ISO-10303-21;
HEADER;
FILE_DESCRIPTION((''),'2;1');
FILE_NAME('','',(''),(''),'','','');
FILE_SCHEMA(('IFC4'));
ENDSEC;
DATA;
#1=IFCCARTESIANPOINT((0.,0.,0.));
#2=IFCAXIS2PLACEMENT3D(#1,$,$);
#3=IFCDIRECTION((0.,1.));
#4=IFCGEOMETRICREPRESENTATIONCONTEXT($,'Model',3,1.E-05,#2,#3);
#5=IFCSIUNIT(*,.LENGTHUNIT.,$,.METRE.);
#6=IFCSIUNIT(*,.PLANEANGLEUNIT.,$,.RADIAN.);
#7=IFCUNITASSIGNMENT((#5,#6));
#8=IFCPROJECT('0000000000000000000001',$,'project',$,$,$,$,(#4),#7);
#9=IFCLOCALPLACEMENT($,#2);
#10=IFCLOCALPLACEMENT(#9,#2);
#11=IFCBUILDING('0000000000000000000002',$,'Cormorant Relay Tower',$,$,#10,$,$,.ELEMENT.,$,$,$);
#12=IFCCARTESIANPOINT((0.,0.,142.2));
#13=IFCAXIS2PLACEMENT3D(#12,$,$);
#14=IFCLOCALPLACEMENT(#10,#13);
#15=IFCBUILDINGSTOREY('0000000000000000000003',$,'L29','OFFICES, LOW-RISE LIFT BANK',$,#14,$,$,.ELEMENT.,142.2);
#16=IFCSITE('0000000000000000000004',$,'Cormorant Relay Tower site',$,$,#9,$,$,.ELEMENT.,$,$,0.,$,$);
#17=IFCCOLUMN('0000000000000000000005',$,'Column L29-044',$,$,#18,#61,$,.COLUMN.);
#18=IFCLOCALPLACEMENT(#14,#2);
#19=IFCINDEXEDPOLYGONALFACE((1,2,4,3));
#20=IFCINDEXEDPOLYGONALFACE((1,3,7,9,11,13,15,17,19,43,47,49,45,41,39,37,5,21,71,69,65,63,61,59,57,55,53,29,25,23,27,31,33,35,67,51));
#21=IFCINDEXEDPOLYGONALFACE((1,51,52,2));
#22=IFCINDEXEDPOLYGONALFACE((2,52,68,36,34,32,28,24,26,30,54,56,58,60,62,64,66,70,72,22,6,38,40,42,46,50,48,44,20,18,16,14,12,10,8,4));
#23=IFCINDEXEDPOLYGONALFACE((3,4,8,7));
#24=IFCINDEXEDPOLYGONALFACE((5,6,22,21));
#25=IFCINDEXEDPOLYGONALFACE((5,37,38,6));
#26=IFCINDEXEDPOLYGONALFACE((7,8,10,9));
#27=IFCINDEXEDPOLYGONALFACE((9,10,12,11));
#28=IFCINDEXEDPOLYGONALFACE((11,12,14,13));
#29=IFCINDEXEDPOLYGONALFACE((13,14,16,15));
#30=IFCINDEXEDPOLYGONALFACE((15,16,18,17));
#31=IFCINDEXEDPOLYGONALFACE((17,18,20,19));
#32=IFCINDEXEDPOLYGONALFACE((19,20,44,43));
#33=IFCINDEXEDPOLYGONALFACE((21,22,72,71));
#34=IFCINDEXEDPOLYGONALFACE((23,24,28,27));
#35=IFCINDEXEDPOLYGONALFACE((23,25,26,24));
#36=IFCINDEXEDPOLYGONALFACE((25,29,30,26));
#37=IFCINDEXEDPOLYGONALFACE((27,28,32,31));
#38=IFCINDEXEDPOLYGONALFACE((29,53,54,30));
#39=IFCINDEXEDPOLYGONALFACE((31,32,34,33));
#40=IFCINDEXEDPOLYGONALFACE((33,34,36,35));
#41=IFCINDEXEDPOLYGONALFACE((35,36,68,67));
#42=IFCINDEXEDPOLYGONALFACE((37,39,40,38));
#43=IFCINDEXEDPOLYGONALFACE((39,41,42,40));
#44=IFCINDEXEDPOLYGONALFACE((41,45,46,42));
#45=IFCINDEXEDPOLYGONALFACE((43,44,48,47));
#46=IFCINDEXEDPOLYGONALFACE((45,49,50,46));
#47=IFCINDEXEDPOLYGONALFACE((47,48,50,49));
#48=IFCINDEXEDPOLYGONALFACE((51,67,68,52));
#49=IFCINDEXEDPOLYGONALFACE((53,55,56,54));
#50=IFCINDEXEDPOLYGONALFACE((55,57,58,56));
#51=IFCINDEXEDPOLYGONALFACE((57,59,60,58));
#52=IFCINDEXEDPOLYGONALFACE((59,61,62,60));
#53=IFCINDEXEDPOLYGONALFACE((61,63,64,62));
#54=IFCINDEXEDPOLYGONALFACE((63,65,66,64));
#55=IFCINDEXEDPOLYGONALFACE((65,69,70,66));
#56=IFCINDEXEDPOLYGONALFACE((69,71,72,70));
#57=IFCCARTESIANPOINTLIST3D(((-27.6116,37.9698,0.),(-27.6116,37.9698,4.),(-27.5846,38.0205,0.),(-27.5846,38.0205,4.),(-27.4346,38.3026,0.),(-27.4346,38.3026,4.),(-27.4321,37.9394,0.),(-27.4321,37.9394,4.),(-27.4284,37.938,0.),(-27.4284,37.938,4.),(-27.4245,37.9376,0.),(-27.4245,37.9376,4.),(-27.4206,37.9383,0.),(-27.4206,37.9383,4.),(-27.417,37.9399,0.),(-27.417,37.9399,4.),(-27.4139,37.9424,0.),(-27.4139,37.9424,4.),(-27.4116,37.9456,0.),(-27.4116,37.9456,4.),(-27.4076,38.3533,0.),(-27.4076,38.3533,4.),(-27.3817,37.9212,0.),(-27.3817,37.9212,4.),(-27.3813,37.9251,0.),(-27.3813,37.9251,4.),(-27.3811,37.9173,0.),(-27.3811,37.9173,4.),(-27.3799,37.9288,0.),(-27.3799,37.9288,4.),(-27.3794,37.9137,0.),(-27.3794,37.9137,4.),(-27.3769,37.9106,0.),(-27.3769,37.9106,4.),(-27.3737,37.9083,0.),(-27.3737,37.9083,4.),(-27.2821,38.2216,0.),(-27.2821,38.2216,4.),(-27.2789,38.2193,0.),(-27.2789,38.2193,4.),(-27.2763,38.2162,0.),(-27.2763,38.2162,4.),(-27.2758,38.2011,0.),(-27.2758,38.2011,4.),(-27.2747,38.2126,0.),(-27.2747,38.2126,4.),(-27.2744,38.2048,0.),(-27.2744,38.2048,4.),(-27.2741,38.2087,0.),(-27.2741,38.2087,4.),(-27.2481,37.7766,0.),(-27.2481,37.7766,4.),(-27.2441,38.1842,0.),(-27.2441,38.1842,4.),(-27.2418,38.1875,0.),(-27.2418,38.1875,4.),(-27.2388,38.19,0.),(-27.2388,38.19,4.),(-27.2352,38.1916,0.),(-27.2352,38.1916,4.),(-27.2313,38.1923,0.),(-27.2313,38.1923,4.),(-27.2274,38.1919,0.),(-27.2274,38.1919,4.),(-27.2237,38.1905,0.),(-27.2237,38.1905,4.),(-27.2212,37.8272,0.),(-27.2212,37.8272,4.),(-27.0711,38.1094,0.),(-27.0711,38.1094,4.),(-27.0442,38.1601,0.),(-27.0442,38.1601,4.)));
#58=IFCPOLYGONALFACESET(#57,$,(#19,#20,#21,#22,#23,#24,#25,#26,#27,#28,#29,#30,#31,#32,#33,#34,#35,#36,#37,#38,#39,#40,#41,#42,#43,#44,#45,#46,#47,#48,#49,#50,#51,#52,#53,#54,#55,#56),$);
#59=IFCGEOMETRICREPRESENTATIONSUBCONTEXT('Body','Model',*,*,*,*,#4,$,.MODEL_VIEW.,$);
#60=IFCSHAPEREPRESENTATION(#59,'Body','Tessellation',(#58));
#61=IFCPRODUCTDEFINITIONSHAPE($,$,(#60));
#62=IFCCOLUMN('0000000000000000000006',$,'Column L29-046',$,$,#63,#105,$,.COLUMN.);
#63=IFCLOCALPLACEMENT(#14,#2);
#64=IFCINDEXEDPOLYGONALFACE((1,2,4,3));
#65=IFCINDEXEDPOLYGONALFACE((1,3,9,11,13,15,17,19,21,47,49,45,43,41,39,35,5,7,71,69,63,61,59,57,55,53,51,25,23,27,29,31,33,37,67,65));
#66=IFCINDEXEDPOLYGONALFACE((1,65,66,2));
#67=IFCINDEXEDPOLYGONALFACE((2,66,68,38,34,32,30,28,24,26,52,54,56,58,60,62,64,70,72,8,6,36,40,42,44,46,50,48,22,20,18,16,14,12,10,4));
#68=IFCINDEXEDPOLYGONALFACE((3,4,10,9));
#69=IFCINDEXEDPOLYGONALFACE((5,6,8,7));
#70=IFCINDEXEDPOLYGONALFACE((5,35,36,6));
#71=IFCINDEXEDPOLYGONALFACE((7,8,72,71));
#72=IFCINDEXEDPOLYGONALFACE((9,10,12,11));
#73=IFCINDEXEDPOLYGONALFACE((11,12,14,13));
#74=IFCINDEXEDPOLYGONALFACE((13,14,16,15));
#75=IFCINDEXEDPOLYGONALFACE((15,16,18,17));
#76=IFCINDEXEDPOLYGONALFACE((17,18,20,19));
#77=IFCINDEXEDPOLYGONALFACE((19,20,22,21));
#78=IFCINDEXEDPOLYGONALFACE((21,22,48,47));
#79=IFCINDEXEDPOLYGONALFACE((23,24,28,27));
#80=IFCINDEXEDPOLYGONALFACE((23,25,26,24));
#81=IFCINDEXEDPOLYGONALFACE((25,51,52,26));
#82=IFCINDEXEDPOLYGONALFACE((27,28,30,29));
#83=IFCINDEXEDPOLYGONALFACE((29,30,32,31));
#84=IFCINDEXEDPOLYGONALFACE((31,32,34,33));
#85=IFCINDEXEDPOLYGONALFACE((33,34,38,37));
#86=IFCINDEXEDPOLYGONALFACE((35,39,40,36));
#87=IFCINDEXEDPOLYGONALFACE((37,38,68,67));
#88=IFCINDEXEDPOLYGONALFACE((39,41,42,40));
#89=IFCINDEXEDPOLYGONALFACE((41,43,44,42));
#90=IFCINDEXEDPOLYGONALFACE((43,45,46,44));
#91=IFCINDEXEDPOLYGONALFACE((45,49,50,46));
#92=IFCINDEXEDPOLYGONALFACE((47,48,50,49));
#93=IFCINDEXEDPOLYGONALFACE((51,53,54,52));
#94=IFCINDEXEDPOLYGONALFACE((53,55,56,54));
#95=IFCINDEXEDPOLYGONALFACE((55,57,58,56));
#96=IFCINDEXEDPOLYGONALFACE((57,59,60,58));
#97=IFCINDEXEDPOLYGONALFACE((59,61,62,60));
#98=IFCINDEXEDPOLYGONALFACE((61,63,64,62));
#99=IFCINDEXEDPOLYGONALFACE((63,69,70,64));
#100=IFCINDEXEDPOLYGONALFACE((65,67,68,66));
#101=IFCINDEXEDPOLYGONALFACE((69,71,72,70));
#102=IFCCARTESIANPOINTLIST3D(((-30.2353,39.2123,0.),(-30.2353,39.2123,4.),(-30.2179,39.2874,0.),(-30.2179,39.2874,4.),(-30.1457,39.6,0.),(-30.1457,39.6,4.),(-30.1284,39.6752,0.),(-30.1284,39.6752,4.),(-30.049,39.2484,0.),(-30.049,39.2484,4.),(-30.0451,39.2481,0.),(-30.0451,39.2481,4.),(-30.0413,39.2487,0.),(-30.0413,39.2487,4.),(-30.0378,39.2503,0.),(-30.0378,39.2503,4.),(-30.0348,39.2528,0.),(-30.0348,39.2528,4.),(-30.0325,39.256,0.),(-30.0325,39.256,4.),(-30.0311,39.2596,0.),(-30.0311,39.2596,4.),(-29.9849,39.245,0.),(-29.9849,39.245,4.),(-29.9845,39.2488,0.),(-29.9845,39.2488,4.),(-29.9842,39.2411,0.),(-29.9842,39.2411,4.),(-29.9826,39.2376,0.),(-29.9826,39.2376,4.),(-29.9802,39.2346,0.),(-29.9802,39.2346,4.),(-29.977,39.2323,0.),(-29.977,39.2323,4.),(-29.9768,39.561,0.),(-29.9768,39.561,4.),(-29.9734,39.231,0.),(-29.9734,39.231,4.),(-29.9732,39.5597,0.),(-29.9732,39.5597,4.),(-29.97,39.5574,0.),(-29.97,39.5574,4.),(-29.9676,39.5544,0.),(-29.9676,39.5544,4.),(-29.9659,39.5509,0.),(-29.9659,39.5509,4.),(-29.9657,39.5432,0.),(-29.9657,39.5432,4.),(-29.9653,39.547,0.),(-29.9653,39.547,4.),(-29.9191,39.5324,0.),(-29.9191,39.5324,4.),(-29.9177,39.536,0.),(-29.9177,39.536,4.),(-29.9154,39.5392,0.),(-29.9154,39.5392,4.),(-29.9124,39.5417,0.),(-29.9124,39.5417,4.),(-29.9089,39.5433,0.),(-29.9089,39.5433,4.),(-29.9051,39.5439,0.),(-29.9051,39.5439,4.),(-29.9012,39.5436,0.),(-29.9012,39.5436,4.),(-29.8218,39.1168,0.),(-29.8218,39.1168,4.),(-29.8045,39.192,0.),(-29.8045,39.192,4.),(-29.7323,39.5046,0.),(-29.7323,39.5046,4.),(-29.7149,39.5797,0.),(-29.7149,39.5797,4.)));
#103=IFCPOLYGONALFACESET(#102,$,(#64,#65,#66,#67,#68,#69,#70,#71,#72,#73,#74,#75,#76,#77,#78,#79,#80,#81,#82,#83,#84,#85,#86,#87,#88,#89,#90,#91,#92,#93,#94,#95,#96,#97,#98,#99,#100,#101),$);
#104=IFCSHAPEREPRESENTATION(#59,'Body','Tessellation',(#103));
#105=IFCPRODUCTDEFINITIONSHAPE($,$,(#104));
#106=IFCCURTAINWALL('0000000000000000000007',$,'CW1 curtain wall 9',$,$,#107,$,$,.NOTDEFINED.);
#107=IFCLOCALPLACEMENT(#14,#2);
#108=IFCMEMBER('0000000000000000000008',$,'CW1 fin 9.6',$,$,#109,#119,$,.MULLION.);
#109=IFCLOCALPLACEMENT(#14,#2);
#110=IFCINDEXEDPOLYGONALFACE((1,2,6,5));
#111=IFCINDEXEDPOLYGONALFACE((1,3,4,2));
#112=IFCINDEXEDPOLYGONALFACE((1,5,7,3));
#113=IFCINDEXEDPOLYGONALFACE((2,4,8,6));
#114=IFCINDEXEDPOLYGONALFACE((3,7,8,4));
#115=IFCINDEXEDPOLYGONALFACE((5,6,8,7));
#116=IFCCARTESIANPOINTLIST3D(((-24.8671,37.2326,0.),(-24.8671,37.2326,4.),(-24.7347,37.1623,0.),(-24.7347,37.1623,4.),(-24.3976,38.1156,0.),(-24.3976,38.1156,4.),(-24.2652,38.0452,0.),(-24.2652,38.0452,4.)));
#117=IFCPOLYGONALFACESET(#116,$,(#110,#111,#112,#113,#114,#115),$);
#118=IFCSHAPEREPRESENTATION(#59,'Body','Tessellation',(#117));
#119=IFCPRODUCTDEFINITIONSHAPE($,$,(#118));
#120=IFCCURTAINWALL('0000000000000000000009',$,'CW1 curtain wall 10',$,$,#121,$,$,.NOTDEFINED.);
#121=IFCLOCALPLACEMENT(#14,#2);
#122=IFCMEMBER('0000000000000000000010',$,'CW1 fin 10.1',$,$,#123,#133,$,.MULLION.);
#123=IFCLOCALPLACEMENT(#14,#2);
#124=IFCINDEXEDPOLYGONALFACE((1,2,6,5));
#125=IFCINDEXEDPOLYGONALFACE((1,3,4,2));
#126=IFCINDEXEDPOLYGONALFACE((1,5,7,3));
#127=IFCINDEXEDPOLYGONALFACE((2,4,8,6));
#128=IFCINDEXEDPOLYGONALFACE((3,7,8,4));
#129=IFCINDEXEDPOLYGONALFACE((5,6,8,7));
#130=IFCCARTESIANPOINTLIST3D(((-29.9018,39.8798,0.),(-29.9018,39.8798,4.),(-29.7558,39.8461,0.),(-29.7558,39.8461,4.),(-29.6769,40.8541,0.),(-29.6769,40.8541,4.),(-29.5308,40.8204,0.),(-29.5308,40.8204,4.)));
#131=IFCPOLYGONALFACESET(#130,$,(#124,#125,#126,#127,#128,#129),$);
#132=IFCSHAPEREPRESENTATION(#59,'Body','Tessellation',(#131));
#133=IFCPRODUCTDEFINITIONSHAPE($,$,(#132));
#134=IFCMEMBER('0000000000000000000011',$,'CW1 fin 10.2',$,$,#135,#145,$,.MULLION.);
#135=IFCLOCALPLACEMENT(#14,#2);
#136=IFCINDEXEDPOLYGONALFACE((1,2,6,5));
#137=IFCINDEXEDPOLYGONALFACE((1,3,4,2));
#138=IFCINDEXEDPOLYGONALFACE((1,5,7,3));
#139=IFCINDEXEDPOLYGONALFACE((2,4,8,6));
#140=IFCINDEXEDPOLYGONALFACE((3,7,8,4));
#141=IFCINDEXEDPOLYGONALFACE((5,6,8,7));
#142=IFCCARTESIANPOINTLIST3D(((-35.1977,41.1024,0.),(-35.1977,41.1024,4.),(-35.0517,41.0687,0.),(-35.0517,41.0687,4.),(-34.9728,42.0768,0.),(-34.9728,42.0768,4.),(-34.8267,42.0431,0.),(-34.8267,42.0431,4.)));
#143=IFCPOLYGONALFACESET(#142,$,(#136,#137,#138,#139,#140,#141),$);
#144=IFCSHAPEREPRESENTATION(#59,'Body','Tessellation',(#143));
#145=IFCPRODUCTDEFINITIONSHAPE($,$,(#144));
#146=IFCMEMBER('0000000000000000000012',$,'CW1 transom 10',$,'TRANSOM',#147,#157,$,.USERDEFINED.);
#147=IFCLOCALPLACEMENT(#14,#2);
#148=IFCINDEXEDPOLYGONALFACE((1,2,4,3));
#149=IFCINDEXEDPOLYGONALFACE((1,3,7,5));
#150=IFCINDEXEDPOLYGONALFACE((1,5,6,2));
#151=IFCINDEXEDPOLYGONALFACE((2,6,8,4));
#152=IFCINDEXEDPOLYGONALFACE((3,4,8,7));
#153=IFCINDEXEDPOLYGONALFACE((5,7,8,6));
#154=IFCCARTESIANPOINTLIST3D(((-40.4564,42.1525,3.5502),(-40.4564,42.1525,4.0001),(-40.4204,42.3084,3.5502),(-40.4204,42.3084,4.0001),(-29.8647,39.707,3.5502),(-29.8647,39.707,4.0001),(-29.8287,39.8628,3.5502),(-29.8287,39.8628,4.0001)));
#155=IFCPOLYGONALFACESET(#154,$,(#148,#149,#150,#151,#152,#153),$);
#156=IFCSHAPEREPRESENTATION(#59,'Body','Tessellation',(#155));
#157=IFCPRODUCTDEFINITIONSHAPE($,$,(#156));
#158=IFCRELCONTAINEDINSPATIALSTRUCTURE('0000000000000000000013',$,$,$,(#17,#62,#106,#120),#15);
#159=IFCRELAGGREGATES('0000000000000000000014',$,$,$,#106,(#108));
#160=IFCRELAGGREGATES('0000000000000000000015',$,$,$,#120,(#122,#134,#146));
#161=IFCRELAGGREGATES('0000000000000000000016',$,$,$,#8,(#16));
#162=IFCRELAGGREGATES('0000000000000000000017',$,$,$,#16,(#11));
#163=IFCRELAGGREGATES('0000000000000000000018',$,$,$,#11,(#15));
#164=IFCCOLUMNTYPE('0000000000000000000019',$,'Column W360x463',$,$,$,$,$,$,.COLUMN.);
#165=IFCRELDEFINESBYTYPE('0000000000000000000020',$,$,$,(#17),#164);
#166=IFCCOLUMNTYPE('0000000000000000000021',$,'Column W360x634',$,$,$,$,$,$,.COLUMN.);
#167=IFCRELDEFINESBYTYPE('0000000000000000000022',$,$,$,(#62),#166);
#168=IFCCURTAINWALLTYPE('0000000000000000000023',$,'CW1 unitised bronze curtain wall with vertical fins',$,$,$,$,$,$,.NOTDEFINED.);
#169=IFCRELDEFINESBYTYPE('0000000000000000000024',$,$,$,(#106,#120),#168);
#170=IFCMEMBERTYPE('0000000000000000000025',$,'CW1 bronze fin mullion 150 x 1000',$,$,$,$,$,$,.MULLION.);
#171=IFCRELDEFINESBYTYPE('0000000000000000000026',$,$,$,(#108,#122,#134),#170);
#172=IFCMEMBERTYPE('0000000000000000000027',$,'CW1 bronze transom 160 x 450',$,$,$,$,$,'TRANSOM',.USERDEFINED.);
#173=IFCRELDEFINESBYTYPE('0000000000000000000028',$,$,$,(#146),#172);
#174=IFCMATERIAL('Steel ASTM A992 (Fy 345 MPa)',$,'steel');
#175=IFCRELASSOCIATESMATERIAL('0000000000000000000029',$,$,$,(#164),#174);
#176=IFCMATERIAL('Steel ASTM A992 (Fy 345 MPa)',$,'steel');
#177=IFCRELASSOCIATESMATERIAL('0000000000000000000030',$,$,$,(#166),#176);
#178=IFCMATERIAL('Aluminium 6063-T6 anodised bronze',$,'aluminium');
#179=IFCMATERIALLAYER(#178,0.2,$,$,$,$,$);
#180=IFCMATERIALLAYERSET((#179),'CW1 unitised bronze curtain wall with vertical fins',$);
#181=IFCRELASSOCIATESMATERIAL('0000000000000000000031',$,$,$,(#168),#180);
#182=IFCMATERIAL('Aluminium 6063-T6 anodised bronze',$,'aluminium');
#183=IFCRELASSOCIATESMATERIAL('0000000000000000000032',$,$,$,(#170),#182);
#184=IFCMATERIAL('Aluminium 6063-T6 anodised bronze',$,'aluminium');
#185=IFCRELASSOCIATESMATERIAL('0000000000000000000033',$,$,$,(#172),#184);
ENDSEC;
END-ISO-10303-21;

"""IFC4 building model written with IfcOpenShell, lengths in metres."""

from ifc_helpers import new_model, si_unit, direction, frame, origin, origin_2d, place, context, subcontext, project, spatial, rectangle, i_section, extrude, material, layer, layer_set, material_profile, profile_set, type_object, element, aggregate, save


model = new_model("IFC4")

# Units and contexts
model_context = context("Model", 3, precision=1e-05, world=origin(), true_north=direction((0.0, 1.0)))
body_context = subcontext(model_context, "Body", "Model", "MODEL_VIEW")
ifc_project = project(units=[si_unit("LENGTHUNIT", "METRE"), si_unit("PLANEANGLEUNIT", "RADIAN")], contexts=[model_context])

# Site, building, storey
site_placement = place(None, origin())
site = spatial("IfcSite", under=ifc_project, at=site_placement, Name="Cormorant Relay Tower site", CompositionType="ELEMENT", RefElevation=0.0)
building_placement = place(site_placement, origin())
building = spatial("IfcBuilding", under=site, at=building_placement, Name="Cormorant Relay Tower", CompositionType="ELEMENT")
storey_placement = place(building_placement, frame((0.0, 0.0, 142.2)))
storey = spatial("IfcBuildingStorey", under=building, at=storey_placement, Name="L29", Description="OFFICES, LOW-RISE LIFT BANK", CompositionType="ELEMENT", Elevation=142.2)

# Columns
ifc_material_1 = material(Name="Steel ASTM A992 (Fy 345 MPa)", Category="steel")
ifc_material_profile_1 = material_profile(ifc_material_1, i_section(OverallWidth=0.4116, OverallDepth=0.4343, WebThickness=0.0359, FlangeThickness=0.0574, FilletRadius=0.0151, at=origin_2d()), Name="W360x463")
ifc_profile_set_1 = profile_set([ifc_material_profile_1], Name="Steel ASTM A992 (Fy 345 MPa)")
column_type_1 = type_object("IfcColumnType", Name="Column W360x463", PredefinedType="COLUMN", material=ifc_profile_set_1)
column_1_placement = place(storey_placement, frame((-27.3279, 38.0649, 0.0), z_axis=(0.0, 0.0, 1.0), x_axis=(-0.882948, 0.469472, 0.0)))
element("IfcColumn", 1, at=column_1_placement, inside=storey, type_object=column_type_1, Name="Column L29-044", PredefinedType="COLUMN", context=body_context, shape_type="SweptSolid", body=[
    extrude(i_section(OverallWidth=0.4116, OverallDepth=0.4343, WebThickness=0.0359, FlangeThickness=0.0574, FilletRadius=0.0151, at=origin_2d()), origin(), (0.0, 0.0, 1.0), 4.0),
])
ifc_material_2 = material(Name="Steel ASTM A992 (Fy 345 MPa)", Category="steel")
ifc_material_profile_2 = material_profile(ifc_material_2, i_section(OverallWidth=0.4243, OverallDepth=0.4751, WebThickness=0.0479, FlangeThickness=0.0771, FilletRadius=0.0149, at=origin_2d()), Name="W360x634")
ifc_profile_set_2 = profile_set([ifc_material_profile_2], Name="Steel ASTM A992 (Fy 345 MPa)")
column_type_2 = type_object("IfcColumnType", Name="Column W360x634", PredefinedType="COLUMN", material=ifc_profile_set_2)
column_2_placement = place(storey_placement, frame((-29.9751, 39.396, 0.0), z_axis=(0.0, 0.0, 1.0), x_axis=(-0.97437, 0.224951, 0.0)))
element("IfcColumn", 2, at=column_2_placement, inside=storey, type_object=column_type_2, Name="Column L29-046", PredefinedType="COLUMN", context=body_context, shape_type="SweptSolid", body=[
    extrude(i_section(OverallWidth=0.4243, OverallDepth=0.4751, WebThickness=0.0479, FlangeThickness=0.0771, FilletRadius=0.0149, at=origin_2d()), origin(), (0.0, 0.0, 1.0), 4.0),
])

# Curtain wall, member
ifc_material_3 = material(Name="Aluminium 6063-T6 anodised bronze", Category="aluminium")
ifc_layer_1 = layer(ifc_material_3, 0.2)
ifc_layer_set_1 = layer_set([ifc_layer_1], Name="CW1 unitised bronze curtain wall with vertical fins")
curtain_wall_type = type_object("IfcCurtainWallType", Name="CW1 unitised bronze curtain wall with vertical fins", PredefinedType="NOTDEFINED", material=ifc_layer_set_1)
curtain_wall_1_placement = place(storey_placement, origin())
curtain_wall_1 = element("IfcCurtainWall", 3, at=curtain_wall_1_placement, inside=storey, type_object=curtain_wall_type, Name="CW1 curtain wall 9", PredefinedType="NOTDEFINED")
ifc_material_4 = material(Name="Aluminium 6063-T6 anodised bronze", Category="aluminium")
ifc_material_profile_3 = material_profile(ifc_material_4, rectangle(XDim=0.1499, YDim=1.0, at=origin_2d()), Name="AL 150x1000")
ifc_profile_set_3 = profile_set([ifc_material_profile_3], Name="Aluminium 6063-T6 anodised bronze")
member_type_1 = type_object("IfcMemberType", Name="CW1 bronze fin mullion 150 x 1000", PredefinedType="MULLION", material=ifc_profile_set_3)
member_1_placement = place(storey_placement, frame((-24.5662, 37.6389, 0.0), z_axis=(0.0, 0.0, 1.0), x_axis=(-0.882948, 0.469472, 0.0)))
member_1 = element("IfcMember", 4, at=member_1_placement, type_object=member_type_1, Name="CW1 fin 9.6", PredefinedType="MULLION", context=body_context, shape_type="SweptSolid", body=[
    extrude(rectangle(XDim=0.1499, YDim=1.0, at=origin_2d()), origin(), (0.0, 0.0, 1.0), 4.0),
])

# Curtain wall, members
curtain_wall_2_placement = place(storey_placement, origin())
curtain_wall_2 = element("IfcCurtainWall", 5, at=curtain_wall_2_placement, inside=storey, type_object=curtain_wall_type, Name="CW1 curtain wall 10", PredefinedType="NOTDEFINED")
member_2_placement = place(storey_placement, frame((-29.7163, 40.3501, 0.0), z_axis=(0.0, 0.0, 1.0), x_axis=(-0.97437, 0.224951, 0.0)))
member_2 = element("IfcMember", 6, at=member_2_placement, type_object=member_type_1, Name="CW1 fin 10.1", PredefinedType="MULLION", context=body_context, shape_type="SweptSolid", body=[
    extrude(rectangle(XDim=0.1499, YDim=1.0, at=origin_2d()), origin(), (0.0, 0.0, 1.0), 4.0),
])
member_3_placement = place(storey_placement, frame((-35.0122, 41.5728, 0.0), z_axis=(0.0, 0.0, 1.0), x_axis=(-0.97437, 0.224951, 0.0)))
member_3 = element("IfcMember", 7, at=member_3_placement, type_object=member_type_1, Name="CW1 fin 10.2", PredefinedType="MULLION", context=body_context, shape_type="SweptSolid", body=[
    extrude(rectangle(XDim=0.1499, YDim=1.0, at=origin_2d()), origin(), (0.0, 0.0, 1.0), 4.0),
])
ifc_material_5 = material(Name="Aluminium 6063-T6 anodised bronze", Category="aluminium")
ifc_material_profile_4 = material_profile(ifc_material_5, rectangle(XDim=0.1599, YDim=0.45, at=origin_2d()), Name="AL 160x450")
ifc_profile_set_4 = profile_set([ifc_material_profile_4], Name="Aluminium 6063-T6 anodised bronze")
member_type_2 = type_object("IfcMemberType", Name="CW1 bronze transom 160 x 450", ElementType="TRANSOM", PredefinedType="USERDEFINED", material=ifc_profile_set_4)
member_4_placement = place(storey_placement, frame((-29.8467, 39.7849, 3.7751), z_axis=(-0.974365, 0.224973, 0.0), x_axis=(-0.224973, -0.974365, 0.0)))
member_4 = element("IfcMember", 8, at=member_4_placement, type_object=member_type_2, Name="CW1 transom 10", ObjectType="TRANSOM", PredefinedType="USERDEFINED", context=body_context, shape_type="SweptSolid", body=[
    extrude(rectangle(XDim=0.1599, YDim=0.45, at=origin_2d()), origin(), (0.0, 0.0, 1.0), 10.8704),
])

aggregate(curtain_wall_1, [member_1])

aggregate(curtain_wall_2, [member_2, member_3, member_4])

save(model, "model.ifc")
